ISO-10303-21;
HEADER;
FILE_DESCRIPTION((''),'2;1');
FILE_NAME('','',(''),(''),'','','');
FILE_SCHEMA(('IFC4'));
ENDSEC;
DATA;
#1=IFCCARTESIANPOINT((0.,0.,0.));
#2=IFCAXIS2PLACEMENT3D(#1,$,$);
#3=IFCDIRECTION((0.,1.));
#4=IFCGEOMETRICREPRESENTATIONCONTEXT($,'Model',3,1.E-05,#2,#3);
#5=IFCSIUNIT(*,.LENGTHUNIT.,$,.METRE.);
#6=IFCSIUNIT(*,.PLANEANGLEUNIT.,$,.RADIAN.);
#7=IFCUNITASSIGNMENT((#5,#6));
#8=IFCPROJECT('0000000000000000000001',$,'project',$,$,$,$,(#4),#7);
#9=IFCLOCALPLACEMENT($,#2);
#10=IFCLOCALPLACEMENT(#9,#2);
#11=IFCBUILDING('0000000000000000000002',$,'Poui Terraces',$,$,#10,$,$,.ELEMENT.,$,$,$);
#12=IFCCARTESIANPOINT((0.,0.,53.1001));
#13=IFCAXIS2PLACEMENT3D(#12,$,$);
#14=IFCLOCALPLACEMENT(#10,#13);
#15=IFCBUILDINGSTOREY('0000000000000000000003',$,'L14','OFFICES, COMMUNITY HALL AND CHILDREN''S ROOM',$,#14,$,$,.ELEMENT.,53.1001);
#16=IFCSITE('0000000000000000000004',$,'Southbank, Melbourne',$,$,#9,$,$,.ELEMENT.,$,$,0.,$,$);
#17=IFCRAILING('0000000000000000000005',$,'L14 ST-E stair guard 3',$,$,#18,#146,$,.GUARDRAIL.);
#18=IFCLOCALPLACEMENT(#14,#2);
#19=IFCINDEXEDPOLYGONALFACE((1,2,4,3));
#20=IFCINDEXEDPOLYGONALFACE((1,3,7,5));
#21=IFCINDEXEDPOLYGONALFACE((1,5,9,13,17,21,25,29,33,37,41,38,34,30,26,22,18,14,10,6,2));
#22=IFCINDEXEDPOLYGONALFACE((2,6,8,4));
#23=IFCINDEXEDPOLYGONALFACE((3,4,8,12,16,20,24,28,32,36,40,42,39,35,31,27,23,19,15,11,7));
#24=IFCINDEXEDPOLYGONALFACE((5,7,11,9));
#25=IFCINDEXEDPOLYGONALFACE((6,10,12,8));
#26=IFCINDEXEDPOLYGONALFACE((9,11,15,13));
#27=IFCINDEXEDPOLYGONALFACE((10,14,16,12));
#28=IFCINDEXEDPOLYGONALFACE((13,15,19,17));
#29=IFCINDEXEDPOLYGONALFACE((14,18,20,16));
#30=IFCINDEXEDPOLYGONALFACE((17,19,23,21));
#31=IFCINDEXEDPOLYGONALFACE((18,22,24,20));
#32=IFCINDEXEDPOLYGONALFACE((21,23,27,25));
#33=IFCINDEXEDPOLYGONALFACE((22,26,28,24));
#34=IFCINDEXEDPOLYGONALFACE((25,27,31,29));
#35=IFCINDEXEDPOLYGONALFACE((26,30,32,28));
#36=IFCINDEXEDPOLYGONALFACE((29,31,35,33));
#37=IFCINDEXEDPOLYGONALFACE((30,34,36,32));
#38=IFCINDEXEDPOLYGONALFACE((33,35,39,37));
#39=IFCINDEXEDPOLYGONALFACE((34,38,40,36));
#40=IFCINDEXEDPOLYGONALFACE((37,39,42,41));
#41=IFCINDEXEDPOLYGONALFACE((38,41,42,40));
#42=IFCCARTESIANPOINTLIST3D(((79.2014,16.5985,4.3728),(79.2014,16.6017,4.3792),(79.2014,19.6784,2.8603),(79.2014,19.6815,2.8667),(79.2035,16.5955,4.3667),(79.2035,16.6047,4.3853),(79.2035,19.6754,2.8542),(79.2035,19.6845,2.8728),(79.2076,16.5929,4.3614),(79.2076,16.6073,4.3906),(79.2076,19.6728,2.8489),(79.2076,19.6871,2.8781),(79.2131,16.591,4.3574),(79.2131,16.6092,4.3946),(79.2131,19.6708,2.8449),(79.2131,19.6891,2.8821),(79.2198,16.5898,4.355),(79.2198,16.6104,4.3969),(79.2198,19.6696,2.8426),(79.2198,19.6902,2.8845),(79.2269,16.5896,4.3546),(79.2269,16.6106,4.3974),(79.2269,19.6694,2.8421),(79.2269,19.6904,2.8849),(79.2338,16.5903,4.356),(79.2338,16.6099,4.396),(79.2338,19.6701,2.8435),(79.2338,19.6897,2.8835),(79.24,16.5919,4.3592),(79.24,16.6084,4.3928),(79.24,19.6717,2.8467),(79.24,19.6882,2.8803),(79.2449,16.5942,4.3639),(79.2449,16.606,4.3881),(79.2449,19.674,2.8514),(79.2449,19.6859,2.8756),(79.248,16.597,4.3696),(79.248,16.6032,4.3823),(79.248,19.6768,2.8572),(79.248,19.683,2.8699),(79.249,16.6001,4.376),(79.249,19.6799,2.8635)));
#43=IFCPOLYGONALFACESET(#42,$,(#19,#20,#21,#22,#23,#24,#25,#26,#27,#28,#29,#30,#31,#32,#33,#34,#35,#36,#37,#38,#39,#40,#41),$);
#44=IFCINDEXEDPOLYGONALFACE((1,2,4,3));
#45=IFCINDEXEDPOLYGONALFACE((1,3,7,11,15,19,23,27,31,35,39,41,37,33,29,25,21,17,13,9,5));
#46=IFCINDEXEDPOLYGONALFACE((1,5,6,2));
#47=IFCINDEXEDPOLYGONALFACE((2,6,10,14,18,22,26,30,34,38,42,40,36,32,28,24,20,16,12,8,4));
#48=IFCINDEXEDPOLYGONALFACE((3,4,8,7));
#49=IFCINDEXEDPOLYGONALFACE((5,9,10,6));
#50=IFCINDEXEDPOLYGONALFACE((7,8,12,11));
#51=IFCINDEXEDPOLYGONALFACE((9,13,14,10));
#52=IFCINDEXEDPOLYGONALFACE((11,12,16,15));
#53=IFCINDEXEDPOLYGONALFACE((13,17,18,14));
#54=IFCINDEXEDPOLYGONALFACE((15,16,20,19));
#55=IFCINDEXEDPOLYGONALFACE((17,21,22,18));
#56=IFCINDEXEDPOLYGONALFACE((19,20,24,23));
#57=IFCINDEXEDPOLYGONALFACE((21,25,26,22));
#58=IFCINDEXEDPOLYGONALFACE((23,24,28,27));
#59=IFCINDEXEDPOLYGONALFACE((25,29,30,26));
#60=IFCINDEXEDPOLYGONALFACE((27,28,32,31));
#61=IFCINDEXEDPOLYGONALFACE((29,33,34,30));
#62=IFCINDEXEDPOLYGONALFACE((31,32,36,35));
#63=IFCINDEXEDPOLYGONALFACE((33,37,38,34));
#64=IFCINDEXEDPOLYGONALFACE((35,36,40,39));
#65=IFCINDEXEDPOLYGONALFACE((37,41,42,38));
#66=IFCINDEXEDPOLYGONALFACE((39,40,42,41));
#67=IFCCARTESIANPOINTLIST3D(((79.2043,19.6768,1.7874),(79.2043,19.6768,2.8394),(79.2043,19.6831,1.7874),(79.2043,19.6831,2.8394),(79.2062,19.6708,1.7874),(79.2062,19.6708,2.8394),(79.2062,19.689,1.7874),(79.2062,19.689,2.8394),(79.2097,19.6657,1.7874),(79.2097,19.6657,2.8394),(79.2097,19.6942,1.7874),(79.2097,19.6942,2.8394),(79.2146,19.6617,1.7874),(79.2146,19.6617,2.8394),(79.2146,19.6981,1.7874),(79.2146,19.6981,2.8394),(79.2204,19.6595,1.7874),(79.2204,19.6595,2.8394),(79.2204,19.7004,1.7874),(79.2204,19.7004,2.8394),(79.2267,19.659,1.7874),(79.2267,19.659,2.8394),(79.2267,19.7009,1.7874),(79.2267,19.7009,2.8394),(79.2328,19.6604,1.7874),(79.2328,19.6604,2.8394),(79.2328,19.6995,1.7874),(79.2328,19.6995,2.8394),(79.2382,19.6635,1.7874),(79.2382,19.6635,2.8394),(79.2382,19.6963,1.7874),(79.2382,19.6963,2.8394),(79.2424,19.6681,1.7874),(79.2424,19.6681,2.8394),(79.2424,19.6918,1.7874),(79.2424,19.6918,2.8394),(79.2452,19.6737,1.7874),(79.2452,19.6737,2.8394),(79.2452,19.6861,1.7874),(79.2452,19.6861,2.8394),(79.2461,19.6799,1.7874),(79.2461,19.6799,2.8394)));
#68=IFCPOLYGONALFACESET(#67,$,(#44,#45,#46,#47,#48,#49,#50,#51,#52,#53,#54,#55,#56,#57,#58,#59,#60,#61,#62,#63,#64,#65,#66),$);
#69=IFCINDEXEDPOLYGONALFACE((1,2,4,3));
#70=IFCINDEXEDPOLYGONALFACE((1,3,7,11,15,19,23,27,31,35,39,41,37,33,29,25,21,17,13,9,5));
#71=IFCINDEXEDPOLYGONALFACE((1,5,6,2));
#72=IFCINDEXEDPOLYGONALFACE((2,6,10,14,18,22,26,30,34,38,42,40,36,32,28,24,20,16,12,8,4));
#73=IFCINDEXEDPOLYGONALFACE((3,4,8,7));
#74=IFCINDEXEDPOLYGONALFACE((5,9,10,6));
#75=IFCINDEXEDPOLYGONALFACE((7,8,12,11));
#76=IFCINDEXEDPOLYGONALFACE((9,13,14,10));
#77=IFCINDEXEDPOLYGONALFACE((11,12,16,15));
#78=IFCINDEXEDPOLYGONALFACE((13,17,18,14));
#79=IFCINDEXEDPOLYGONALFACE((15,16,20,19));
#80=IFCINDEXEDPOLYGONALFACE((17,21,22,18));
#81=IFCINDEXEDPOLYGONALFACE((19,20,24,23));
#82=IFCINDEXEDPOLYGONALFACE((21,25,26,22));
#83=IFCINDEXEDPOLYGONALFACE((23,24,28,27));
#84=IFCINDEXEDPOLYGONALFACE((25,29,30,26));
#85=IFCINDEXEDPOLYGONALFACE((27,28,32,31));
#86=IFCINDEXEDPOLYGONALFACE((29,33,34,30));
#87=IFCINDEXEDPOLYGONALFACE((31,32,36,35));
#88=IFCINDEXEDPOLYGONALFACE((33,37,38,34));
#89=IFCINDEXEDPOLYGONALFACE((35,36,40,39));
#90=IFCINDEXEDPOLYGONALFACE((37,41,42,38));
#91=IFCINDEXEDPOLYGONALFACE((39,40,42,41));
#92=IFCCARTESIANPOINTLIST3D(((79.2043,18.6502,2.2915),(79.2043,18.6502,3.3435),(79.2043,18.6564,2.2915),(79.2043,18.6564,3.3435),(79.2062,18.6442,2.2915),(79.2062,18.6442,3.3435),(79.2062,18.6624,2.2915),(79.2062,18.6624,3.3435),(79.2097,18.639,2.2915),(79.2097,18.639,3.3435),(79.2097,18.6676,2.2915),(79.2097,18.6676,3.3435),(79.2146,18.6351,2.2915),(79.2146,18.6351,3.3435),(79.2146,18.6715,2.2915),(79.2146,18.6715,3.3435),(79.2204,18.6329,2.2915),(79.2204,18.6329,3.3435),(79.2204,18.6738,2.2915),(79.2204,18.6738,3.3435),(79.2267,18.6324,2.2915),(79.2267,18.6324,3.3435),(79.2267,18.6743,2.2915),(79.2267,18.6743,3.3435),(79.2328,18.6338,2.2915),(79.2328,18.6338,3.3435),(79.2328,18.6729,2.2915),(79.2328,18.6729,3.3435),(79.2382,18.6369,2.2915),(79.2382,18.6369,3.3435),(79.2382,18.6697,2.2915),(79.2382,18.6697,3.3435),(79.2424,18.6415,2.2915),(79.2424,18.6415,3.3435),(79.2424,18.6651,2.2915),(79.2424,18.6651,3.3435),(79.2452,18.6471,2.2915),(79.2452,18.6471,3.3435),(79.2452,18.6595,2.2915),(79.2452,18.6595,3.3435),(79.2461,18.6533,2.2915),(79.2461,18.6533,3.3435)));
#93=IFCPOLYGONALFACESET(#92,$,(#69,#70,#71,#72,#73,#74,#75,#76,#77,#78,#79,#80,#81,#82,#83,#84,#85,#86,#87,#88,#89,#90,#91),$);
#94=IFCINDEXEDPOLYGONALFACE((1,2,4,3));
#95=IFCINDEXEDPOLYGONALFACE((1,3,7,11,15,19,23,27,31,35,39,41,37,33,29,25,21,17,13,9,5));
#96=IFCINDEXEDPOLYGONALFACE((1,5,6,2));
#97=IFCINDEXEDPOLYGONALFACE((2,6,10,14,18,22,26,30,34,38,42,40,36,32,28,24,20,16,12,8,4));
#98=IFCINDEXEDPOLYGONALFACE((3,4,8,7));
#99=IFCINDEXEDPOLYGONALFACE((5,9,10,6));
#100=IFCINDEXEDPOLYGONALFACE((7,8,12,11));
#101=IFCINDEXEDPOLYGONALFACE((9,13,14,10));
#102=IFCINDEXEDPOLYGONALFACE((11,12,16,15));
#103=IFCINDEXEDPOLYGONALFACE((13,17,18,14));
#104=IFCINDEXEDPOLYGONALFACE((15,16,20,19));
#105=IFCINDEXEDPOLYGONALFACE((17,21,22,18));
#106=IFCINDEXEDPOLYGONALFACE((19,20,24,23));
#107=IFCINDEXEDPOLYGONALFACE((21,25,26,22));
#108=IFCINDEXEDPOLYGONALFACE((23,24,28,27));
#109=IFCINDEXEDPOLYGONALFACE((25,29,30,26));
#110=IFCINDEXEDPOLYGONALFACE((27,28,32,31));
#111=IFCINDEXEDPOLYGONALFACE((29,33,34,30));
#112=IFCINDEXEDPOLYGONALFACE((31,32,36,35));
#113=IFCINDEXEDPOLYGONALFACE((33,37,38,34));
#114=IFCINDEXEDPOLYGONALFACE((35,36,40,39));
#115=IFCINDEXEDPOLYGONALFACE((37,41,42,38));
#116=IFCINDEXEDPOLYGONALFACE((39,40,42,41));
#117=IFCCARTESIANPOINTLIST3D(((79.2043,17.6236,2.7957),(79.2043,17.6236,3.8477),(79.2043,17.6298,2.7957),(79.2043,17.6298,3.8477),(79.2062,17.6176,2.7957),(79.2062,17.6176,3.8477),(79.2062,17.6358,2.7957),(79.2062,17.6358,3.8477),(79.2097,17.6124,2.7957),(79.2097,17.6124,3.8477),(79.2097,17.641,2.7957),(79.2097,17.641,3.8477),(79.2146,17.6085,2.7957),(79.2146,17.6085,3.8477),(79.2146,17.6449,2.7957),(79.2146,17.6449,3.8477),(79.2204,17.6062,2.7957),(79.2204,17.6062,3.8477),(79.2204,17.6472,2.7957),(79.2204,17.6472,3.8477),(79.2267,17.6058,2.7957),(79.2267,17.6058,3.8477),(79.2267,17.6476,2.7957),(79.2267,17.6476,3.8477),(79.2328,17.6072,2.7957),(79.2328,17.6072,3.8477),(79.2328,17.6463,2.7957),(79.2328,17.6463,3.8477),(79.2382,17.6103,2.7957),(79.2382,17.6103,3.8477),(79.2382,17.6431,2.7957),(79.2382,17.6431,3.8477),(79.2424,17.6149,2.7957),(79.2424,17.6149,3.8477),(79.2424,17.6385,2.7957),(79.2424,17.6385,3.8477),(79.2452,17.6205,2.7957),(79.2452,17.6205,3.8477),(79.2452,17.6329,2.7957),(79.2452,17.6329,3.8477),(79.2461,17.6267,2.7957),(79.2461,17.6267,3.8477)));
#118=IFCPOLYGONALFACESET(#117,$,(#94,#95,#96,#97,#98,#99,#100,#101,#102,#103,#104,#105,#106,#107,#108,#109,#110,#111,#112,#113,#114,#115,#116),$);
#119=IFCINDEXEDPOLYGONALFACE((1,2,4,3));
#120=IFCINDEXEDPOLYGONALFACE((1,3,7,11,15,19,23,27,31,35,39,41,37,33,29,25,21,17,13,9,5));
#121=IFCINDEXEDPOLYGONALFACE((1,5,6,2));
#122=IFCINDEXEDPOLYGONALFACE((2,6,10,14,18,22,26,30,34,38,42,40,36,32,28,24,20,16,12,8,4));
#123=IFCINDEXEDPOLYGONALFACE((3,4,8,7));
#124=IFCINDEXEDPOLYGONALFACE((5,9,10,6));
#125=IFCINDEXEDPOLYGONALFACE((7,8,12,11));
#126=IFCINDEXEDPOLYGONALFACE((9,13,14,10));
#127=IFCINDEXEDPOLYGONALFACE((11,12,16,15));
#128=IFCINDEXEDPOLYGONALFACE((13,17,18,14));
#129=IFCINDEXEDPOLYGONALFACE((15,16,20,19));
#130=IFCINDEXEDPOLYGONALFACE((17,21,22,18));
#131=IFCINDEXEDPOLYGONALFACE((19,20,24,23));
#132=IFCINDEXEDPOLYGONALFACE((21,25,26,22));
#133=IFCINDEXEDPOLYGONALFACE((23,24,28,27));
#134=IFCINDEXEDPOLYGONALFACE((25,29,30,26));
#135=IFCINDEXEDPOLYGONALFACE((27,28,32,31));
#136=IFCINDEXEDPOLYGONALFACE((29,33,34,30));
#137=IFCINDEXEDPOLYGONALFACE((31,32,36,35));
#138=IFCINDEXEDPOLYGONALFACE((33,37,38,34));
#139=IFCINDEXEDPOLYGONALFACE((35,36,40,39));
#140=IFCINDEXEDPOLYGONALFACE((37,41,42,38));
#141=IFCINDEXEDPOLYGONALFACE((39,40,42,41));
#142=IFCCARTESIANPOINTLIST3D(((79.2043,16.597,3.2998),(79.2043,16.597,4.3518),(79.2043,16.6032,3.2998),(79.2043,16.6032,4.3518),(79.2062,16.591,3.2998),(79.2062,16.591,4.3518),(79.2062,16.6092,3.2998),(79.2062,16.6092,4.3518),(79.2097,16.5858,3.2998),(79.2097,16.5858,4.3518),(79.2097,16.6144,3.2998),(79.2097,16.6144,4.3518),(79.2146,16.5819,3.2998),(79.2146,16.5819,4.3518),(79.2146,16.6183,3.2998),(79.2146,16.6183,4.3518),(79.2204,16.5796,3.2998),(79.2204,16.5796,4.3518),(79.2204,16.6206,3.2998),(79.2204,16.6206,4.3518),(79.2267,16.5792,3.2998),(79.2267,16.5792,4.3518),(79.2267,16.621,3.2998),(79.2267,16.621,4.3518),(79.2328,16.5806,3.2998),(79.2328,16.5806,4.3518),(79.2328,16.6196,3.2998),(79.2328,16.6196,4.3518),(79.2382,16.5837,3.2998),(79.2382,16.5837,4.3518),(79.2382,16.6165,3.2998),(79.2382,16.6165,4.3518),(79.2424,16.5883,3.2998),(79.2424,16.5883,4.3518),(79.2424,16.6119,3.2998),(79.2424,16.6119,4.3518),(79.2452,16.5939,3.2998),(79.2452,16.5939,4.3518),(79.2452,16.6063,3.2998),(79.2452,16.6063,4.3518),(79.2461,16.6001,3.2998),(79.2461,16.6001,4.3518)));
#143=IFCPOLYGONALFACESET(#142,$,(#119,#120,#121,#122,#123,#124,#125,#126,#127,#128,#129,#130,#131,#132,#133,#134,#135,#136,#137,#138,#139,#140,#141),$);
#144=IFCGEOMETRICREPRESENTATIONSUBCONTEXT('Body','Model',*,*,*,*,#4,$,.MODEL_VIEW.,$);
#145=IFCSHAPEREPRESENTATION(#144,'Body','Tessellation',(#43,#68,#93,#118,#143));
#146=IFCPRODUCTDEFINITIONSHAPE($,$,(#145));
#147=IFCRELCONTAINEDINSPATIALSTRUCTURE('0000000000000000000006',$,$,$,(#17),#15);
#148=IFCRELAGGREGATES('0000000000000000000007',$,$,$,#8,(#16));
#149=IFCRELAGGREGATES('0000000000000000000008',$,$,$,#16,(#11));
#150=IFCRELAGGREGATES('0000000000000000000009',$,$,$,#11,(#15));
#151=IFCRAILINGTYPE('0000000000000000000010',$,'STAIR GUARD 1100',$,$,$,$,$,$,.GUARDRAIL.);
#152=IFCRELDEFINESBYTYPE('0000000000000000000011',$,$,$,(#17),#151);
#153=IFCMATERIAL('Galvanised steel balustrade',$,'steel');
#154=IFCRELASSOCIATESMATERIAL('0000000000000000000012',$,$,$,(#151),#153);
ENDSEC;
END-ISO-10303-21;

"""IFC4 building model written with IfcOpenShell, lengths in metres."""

from ifc_helpers import new_model, si_unit, direction, frame, origin, origin_2d, place, context, subcontext, project, spatial, circle, extrude, material, type_object, element, save


model = new_model("IFC4")

# Units and contexts
model_context = context("Model", 3, precision=1e-05, world=origin(), true_north=direction((0.0, 1.0)))
body_context = subcontext(model_context, "Body", "Model", "MODEL_VIEW")
ifc_project = project(units=[si_unit("LENGTHUNIT", "METRE"), si_unit("PLANEANGLEUNIT", "RADIAN")], contexts=[model_context])

# Site, building, storey
site_placement = place(None, origin())
site = spatial("IfcSite", under=ifc_project, at=site_placement, Name="Southbank, Melbourne", CompositionType="ELEMENT", RefElevation=0.0)
building_placement = place(site_placement, origin())
building = spatial("IfcBuilding", under=site, at=building_placement, Name="Poui Terraces", CompositionType="ELEMENT")
storey_placement = place(building_placement, frame((0.0, 0.0, 53.1001)))
storey = spatial("IfcBuildingStorey", under=building, at=storey_placement, Name="L14", Description="OFFICES, COMMUNITY HALL AND CHILDREN'S ROOM", CompositionType="ELEMENT", Elevation=53.1001)

# Railing
ifc_material_1 = material(Name="Galvanised steel balustrade", Category="steel")
railing_type_1 = type_object("IfcRailingType", Name="STAIR GUARD 1100", PredefinedType="GUARDRAIL", material=ifc_material_1)
railing_1_placement = place(storey_placement, frame((79.2251, 19.6799, 1.7874)))
element("IfcRailing", 1, at=railing_1_placement, inside=storey, type_object=railing_type_1, Name="L14 ST-E stair guard 3", PredefinedType="GUARDRAIL", context=body_context, shape_type="SweptSolid", body=[
    extrude(circle(Radius=0.0239, at=origin_2d()), frame((0.0, 0.0, 1.0762), z_axis=(0.0, -0.897606, 0.440798), x_axis=(1.0, 0.0, 0.0)), (0.0, 0.0, 1.0), 3.4312),
    extrude(circle(Radius=0.021, at=origin_2d()), origin(), (0.0, 0.0, 1.0), 1.052),
    extrude(circle(Radius=0.021, at=origin_2d()), frame((0.0, -1.0266, 0.5042)), (0.0, 0.0, 1.0), 1.052),
    extrude(circle(Radius=0.021, at=origin_2d()), frame((0.0, -2.0532, 1.0083)), (0.0, 0.0, 1.0), 1.052),
    extrude(circle(Radius=0.021, at=origin_2d()), frame((0.0, -3.0798, 1.5125)), (0.0, 0.0, 1.0), 1.052),
])

save(model, "model.ifc")
